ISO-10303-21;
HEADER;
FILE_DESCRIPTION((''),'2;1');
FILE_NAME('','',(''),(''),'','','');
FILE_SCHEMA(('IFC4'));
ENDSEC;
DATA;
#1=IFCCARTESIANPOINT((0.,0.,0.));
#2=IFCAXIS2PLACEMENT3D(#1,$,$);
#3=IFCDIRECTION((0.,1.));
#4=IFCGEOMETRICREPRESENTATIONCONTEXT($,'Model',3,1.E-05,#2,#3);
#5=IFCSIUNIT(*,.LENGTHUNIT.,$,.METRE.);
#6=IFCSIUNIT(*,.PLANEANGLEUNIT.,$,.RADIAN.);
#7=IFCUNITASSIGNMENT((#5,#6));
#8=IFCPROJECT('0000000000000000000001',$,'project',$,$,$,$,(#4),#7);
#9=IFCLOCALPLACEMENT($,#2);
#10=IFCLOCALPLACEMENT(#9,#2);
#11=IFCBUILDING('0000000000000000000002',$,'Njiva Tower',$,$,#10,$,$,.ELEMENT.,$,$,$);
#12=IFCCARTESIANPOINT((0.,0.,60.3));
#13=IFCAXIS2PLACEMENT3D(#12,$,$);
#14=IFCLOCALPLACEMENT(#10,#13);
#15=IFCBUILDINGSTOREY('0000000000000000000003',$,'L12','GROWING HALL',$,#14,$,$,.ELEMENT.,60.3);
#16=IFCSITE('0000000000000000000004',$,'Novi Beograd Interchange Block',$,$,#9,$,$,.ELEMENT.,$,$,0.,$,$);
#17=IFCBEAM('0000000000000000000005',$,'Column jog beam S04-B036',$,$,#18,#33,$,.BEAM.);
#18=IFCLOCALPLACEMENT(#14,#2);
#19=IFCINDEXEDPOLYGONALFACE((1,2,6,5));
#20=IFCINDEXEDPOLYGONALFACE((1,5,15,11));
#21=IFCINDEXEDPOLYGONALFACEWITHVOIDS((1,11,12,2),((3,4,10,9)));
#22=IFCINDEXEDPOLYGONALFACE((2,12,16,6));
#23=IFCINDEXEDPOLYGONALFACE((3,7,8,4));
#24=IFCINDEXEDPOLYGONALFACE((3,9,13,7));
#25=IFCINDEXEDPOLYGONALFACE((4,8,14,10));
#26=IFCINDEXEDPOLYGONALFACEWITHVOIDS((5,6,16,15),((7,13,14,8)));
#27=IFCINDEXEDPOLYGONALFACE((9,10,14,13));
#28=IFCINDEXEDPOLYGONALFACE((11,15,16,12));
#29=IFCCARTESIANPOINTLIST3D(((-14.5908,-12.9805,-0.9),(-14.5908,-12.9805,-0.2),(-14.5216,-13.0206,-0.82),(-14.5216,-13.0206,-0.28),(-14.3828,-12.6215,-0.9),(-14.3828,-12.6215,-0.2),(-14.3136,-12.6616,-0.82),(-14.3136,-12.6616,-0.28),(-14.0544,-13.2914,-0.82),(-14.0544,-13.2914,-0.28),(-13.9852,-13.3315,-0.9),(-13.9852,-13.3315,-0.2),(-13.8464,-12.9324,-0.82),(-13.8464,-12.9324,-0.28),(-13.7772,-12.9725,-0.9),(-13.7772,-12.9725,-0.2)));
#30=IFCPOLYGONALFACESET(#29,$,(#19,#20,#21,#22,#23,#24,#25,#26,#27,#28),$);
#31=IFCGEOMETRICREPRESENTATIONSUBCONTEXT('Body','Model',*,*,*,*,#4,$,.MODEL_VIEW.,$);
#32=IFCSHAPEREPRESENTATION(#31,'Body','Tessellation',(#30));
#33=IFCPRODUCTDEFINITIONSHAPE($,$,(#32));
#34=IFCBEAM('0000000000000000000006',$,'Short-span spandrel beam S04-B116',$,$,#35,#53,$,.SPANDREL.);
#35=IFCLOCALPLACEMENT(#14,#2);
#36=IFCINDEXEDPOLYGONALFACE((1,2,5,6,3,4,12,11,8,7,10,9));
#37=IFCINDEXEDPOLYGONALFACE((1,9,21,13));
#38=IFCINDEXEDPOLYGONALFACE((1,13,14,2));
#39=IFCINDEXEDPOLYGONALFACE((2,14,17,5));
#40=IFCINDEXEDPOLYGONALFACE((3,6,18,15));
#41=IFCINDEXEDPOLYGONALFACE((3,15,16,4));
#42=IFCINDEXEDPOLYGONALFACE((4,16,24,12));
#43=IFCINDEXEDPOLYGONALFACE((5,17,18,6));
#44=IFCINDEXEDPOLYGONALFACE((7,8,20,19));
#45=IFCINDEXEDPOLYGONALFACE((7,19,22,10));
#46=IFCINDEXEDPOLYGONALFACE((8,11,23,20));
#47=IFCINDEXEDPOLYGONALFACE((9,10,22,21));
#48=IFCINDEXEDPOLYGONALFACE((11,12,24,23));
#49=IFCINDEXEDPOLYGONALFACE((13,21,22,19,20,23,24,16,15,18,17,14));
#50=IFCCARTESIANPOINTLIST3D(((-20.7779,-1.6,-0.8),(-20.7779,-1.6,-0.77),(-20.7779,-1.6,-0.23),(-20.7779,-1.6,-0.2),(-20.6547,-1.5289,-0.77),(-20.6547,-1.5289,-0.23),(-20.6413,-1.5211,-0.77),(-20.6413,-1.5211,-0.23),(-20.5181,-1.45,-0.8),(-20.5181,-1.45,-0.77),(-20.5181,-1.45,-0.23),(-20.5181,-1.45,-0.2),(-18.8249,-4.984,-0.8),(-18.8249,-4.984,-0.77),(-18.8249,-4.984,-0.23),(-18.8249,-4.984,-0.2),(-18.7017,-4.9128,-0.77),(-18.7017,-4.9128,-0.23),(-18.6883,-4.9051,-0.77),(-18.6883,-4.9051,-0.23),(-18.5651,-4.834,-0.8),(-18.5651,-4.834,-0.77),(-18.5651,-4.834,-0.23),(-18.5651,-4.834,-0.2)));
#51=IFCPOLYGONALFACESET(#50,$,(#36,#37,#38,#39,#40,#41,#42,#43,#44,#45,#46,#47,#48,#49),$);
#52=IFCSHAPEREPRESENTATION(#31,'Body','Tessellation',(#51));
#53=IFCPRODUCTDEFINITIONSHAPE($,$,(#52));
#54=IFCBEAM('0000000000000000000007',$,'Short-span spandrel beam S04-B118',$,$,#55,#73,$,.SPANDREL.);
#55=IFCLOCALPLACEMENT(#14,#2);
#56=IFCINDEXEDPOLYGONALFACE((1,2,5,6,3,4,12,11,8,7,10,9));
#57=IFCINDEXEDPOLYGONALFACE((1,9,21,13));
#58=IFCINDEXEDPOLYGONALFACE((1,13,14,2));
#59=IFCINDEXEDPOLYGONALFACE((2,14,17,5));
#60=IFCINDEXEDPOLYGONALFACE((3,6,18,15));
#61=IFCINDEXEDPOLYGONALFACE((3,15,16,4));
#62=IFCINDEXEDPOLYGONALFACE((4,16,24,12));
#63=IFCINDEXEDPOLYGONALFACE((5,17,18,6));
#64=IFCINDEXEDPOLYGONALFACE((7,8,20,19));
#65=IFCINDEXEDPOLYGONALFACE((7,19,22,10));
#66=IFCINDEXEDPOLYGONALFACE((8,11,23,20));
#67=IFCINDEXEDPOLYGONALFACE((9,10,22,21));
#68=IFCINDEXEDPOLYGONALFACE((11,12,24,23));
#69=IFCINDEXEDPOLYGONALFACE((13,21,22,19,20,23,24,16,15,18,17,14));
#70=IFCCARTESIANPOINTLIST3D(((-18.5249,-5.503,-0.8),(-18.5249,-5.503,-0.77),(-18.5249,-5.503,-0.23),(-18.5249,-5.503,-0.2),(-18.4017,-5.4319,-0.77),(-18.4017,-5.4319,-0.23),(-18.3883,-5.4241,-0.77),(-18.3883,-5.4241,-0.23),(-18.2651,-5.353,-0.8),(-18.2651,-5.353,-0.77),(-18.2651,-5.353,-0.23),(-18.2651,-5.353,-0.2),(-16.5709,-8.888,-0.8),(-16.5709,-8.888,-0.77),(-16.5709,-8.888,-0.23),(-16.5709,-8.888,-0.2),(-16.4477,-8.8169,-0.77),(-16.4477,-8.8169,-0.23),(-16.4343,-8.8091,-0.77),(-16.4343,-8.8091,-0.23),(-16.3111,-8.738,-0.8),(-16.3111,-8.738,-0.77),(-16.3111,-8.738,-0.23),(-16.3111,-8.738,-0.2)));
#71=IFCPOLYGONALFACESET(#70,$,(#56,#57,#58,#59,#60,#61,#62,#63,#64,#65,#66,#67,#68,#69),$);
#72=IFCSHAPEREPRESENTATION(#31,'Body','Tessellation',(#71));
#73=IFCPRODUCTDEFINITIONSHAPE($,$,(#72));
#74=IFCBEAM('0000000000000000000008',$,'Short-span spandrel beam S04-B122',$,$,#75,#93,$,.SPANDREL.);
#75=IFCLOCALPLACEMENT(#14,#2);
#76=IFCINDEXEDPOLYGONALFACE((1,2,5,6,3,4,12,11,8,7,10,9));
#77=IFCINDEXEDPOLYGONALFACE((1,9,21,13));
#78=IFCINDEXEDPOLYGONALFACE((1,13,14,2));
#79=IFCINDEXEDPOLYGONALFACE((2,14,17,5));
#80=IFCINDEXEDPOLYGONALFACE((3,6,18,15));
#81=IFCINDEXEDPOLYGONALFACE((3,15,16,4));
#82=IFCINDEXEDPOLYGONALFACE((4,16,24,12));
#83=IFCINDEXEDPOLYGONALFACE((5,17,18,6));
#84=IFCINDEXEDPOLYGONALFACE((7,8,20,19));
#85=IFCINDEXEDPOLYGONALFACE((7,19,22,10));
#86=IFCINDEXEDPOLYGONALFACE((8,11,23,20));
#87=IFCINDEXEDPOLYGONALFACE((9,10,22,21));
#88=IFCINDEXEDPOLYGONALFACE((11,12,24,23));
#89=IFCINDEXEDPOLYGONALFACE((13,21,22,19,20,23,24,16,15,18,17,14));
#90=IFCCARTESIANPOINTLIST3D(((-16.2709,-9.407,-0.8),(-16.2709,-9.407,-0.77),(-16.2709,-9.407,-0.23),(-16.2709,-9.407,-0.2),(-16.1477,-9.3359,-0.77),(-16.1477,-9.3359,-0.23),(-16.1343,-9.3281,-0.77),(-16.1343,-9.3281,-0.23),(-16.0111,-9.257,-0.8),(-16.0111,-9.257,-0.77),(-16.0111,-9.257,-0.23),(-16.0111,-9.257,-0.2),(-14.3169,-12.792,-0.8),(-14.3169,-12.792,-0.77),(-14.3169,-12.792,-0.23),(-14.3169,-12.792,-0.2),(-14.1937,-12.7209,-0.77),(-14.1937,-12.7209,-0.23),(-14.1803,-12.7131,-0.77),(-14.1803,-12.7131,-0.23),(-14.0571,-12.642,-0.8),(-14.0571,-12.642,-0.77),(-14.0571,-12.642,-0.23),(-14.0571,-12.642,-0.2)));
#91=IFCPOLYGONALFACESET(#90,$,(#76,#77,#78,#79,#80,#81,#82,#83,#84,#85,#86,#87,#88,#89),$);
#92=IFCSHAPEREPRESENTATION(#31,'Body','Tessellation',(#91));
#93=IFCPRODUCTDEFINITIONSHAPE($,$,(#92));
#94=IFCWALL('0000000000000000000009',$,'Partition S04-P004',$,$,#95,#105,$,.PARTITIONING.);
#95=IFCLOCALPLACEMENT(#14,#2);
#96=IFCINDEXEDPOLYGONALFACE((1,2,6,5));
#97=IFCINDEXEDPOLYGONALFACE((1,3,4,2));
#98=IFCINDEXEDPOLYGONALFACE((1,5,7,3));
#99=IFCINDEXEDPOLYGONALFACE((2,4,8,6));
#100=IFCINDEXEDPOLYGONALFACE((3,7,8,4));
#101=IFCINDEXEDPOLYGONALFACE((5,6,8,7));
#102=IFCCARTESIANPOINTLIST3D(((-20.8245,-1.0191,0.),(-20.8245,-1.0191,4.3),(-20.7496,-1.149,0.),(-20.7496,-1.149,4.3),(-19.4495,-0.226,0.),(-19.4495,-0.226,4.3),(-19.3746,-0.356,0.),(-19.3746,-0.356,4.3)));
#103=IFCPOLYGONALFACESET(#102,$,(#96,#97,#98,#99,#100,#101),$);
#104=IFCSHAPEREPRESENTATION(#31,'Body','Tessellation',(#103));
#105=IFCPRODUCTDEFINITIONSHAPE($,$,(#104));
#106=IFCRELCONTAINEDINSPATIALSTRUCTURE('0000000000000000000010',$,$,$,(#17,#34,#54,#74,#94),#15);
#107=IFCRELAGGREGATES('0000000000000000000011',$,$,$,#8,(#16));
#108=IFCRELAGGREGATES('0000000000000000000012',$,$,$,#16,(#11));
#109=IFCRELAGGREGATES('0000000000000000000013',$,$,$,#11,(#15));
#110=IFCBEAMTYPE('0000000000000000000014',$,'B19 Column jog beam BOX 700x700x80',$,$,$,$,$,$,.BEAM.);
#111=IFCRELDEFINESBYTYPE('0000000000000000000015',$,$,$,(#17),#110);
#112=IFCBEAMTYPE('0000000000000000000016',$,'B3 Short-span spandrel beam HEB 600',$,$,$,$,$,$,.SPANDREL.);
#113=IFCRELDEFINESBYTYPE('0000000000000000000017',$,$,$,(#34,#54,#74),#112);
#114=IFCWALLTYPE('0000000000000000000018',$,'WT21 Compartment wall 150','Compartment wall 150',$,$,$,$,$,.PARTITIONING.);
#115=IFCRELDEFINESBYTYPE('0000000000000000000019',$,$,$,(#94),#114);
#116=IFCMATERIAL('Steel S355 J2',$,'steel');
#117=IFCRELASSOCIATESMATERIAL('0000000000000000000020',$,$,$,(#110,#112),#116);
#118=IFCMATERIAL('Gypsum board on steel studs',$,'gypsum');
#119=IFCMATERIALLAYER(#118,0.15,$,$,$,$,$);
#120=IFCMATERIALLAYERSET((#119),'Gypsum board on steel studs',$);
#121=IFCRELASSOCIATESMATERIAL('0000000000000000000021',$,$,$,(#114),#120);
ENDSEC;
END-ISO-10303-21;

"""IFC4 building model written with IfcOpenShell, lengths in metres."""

from ifc_helpers import new_model, si_unit, direction, frame, frame_2d, origin, origin_2d, place, context, subcontext, project, spatial, rectangle, hollow_rectangle, i_section, extrude, material, layer, layer_set, material_profile, profile_set, type_object, element, save


model = new_model("IFC4")

# Units and contexts
model_context = context("Model", 3, precision=1e-05, world=origin(), true_north=direction((0.0, 1.0)))
body_context = subcontext(model_context, "Body", "Model", "MODEL_VIEW")
ifc_project = project(units=[si_unit("LENGTHUNIT", "METRE"), si_unit("PLANEANGLEUNIT", "RADIAN")], contexts=[model_context])

# Site, building, storey
site_placement = place(None, origin())
site = spatial("IfcSite", under=ifc_project, at=site_placement, Name="Novi Beograd Interchange Block", CompositionType="ELEMENT", RefElevation=0.0)
building_placement = place(site_placement, origin())
building = spatial("IfcBuilding", under=site, at=building_placement, Name="Njiva Tower", CompositionType="ELEMENT")
storey_placement = place(building_placement, frame((0.0, 0.0, 60.3)))
storey = spatial("IfcBuildingStorey", under=building, at=storey_placement, Name="L12", Description="GROWING HALL", CompositionType="ELEMENT", Elevation=60.3)

# Shared definitions
ifc_material_1 = material(Name="Steel S355 J2", Category="steel")

# Beams
ifc_material_profile_1 = material_profile(ifc_material_1, hollow_rectangle(XDim=0.7, YDim=0.7, WallThickness=0.08, at=origin_2d()), Name="BOX 700x700x80")
ifc_profile_set_1 = profile_set([ifc_material_profile_1], Name="Steel S355 J2")
beam_type_1 = type_object("IfcBeamType", Name="B19 Column jog beam BOX 700x700x80", PredefinedType="BEAM", material=ifc_profile_set_1)
beam_1_placement = place(storey_placement, frame((-14.288, -13.156, -0.55), z_axis=(0.501321, 0.865261, 0.0), x_axis=(-0.865261, 0.501321, 0.0)))
element("IfcBeam", 1, at=beam_1_placement, inside=storey, type_object=beam_type_1, Name="Column jog beam S04-B036", PredefinedType="BEAM", context=body_context, shape_type="SweptSolid", body=[
    extrude(hollow_rectangle(XDim=0.7, YDim=0.7, WallThickness=0.08, at=origin_2d()), origin(), (0.0, 0.0, 1.0), 0.4149),
])
ifc_material_profile_2 = material_profile(ifc_material_1, i_section(OverallWidth=0.3, OverallDepth=0.6, WebThickness=0.0155, FlangeThickness=0.03, at=origin_2d()), Name="HEB 600")
ifc_profile_set_2 = profile_set([ifc_material_profile_2], Name="Steel S355 J2")
beam_type_2 = type_object("IfcBeamType", Name="B3 Short-span spandrel beam HEB 600", PredefinedType="SPANDREL", material=ifc_profile_set_2)
beam_2_placement = place(storey_placement, frame((-20.648, -1.525, -0.5), z_axis=(0.499855, -0.866109, 0.0), x_axis=(0.866109, 0.499855, 0.0)))
element("IfcBeam", 2, at=beam_2_placement, inside=storey, type_object=beam_type_2, Name="Short-span spandrel beam S04-B116", PredefinedType="SPANDREL", context=body_context, shape_type="SweptSolid", body=[
    extrude(i_section(OverallWidth=0.3, OverallDepth=0.6, WebThickness=0.0155, FlangeThickness=0.03, at=origin_2d()), origin(), (0.0, 0.0, 1.0), 3.9071),
])
for number, where, z_axis, x_axis, name in (
    (3, (-18.395, -5.428, -0.5), (0.499937, -0.866062, 0.0), (0.866062, 0.499937, 0.0), "Short-span spandrel beam S04-B118"),
    (4, (-16.141, -9.332, -0.5), (0.499937, -0.866062, 0.0), (0.866062, 0.499937, 0.0), "Short-span spandrel beam S04-B122"),
):
    element("IfcBeam", number, at=place(storey_placement, frame(where, z_axis=z_axis, x_axis=x_axis)), inside=storey, type_object=beam_type_2, Name=name, PredefinedType="SPANDREL", context=body_context, shape_type="SweptSolid", body=[
        extrude(i_section(OverallWidth=0.3, OverallDepth=0.6, WebThickness=0.0155, FlangeThickness=0.03, at=origin_2d()), origin(), (0.0, 0.0, 1.0), 3.9085),
    ])

# Wall
ifc_material_2 = material(Name="Gypsum board on steel studs", Category="gypsum")
ifc_layer = layer(ifc_material_2, 0.15)
ifc_layer_set = layer_set([ifc_layer], Name="Gypsum board on steel studs")
wall_type = type_object("IfcWallType", Name="WT21 Compartment wall 150", Description="Compartment wall 150", PredefinedType="PARTITIONING", material=ifc_layer_set)
wall_1_placement = place(storey_placement, frame((-20.787, -1.084, 0.0), z_axis=(0.0, 0.0, 1.0), x_axis=(0.866259, 0.499595, 0.0)))
element("IfcWall", 5, at=wall_1_placement, inside=storey, type_object=wall_type, Name="Partition S04-P004", PredefinedType="PARTITIONING", context=body_context, shape_type="SweptSolid", body=[
    extrude(rectangle(XDim=1.5873, YDim=0.15, at=frame_2d((0.7936, 0.0))), origin(), (0.0, 0.0, 1.0), 4.3),
])

save(model, "model.ifc")
